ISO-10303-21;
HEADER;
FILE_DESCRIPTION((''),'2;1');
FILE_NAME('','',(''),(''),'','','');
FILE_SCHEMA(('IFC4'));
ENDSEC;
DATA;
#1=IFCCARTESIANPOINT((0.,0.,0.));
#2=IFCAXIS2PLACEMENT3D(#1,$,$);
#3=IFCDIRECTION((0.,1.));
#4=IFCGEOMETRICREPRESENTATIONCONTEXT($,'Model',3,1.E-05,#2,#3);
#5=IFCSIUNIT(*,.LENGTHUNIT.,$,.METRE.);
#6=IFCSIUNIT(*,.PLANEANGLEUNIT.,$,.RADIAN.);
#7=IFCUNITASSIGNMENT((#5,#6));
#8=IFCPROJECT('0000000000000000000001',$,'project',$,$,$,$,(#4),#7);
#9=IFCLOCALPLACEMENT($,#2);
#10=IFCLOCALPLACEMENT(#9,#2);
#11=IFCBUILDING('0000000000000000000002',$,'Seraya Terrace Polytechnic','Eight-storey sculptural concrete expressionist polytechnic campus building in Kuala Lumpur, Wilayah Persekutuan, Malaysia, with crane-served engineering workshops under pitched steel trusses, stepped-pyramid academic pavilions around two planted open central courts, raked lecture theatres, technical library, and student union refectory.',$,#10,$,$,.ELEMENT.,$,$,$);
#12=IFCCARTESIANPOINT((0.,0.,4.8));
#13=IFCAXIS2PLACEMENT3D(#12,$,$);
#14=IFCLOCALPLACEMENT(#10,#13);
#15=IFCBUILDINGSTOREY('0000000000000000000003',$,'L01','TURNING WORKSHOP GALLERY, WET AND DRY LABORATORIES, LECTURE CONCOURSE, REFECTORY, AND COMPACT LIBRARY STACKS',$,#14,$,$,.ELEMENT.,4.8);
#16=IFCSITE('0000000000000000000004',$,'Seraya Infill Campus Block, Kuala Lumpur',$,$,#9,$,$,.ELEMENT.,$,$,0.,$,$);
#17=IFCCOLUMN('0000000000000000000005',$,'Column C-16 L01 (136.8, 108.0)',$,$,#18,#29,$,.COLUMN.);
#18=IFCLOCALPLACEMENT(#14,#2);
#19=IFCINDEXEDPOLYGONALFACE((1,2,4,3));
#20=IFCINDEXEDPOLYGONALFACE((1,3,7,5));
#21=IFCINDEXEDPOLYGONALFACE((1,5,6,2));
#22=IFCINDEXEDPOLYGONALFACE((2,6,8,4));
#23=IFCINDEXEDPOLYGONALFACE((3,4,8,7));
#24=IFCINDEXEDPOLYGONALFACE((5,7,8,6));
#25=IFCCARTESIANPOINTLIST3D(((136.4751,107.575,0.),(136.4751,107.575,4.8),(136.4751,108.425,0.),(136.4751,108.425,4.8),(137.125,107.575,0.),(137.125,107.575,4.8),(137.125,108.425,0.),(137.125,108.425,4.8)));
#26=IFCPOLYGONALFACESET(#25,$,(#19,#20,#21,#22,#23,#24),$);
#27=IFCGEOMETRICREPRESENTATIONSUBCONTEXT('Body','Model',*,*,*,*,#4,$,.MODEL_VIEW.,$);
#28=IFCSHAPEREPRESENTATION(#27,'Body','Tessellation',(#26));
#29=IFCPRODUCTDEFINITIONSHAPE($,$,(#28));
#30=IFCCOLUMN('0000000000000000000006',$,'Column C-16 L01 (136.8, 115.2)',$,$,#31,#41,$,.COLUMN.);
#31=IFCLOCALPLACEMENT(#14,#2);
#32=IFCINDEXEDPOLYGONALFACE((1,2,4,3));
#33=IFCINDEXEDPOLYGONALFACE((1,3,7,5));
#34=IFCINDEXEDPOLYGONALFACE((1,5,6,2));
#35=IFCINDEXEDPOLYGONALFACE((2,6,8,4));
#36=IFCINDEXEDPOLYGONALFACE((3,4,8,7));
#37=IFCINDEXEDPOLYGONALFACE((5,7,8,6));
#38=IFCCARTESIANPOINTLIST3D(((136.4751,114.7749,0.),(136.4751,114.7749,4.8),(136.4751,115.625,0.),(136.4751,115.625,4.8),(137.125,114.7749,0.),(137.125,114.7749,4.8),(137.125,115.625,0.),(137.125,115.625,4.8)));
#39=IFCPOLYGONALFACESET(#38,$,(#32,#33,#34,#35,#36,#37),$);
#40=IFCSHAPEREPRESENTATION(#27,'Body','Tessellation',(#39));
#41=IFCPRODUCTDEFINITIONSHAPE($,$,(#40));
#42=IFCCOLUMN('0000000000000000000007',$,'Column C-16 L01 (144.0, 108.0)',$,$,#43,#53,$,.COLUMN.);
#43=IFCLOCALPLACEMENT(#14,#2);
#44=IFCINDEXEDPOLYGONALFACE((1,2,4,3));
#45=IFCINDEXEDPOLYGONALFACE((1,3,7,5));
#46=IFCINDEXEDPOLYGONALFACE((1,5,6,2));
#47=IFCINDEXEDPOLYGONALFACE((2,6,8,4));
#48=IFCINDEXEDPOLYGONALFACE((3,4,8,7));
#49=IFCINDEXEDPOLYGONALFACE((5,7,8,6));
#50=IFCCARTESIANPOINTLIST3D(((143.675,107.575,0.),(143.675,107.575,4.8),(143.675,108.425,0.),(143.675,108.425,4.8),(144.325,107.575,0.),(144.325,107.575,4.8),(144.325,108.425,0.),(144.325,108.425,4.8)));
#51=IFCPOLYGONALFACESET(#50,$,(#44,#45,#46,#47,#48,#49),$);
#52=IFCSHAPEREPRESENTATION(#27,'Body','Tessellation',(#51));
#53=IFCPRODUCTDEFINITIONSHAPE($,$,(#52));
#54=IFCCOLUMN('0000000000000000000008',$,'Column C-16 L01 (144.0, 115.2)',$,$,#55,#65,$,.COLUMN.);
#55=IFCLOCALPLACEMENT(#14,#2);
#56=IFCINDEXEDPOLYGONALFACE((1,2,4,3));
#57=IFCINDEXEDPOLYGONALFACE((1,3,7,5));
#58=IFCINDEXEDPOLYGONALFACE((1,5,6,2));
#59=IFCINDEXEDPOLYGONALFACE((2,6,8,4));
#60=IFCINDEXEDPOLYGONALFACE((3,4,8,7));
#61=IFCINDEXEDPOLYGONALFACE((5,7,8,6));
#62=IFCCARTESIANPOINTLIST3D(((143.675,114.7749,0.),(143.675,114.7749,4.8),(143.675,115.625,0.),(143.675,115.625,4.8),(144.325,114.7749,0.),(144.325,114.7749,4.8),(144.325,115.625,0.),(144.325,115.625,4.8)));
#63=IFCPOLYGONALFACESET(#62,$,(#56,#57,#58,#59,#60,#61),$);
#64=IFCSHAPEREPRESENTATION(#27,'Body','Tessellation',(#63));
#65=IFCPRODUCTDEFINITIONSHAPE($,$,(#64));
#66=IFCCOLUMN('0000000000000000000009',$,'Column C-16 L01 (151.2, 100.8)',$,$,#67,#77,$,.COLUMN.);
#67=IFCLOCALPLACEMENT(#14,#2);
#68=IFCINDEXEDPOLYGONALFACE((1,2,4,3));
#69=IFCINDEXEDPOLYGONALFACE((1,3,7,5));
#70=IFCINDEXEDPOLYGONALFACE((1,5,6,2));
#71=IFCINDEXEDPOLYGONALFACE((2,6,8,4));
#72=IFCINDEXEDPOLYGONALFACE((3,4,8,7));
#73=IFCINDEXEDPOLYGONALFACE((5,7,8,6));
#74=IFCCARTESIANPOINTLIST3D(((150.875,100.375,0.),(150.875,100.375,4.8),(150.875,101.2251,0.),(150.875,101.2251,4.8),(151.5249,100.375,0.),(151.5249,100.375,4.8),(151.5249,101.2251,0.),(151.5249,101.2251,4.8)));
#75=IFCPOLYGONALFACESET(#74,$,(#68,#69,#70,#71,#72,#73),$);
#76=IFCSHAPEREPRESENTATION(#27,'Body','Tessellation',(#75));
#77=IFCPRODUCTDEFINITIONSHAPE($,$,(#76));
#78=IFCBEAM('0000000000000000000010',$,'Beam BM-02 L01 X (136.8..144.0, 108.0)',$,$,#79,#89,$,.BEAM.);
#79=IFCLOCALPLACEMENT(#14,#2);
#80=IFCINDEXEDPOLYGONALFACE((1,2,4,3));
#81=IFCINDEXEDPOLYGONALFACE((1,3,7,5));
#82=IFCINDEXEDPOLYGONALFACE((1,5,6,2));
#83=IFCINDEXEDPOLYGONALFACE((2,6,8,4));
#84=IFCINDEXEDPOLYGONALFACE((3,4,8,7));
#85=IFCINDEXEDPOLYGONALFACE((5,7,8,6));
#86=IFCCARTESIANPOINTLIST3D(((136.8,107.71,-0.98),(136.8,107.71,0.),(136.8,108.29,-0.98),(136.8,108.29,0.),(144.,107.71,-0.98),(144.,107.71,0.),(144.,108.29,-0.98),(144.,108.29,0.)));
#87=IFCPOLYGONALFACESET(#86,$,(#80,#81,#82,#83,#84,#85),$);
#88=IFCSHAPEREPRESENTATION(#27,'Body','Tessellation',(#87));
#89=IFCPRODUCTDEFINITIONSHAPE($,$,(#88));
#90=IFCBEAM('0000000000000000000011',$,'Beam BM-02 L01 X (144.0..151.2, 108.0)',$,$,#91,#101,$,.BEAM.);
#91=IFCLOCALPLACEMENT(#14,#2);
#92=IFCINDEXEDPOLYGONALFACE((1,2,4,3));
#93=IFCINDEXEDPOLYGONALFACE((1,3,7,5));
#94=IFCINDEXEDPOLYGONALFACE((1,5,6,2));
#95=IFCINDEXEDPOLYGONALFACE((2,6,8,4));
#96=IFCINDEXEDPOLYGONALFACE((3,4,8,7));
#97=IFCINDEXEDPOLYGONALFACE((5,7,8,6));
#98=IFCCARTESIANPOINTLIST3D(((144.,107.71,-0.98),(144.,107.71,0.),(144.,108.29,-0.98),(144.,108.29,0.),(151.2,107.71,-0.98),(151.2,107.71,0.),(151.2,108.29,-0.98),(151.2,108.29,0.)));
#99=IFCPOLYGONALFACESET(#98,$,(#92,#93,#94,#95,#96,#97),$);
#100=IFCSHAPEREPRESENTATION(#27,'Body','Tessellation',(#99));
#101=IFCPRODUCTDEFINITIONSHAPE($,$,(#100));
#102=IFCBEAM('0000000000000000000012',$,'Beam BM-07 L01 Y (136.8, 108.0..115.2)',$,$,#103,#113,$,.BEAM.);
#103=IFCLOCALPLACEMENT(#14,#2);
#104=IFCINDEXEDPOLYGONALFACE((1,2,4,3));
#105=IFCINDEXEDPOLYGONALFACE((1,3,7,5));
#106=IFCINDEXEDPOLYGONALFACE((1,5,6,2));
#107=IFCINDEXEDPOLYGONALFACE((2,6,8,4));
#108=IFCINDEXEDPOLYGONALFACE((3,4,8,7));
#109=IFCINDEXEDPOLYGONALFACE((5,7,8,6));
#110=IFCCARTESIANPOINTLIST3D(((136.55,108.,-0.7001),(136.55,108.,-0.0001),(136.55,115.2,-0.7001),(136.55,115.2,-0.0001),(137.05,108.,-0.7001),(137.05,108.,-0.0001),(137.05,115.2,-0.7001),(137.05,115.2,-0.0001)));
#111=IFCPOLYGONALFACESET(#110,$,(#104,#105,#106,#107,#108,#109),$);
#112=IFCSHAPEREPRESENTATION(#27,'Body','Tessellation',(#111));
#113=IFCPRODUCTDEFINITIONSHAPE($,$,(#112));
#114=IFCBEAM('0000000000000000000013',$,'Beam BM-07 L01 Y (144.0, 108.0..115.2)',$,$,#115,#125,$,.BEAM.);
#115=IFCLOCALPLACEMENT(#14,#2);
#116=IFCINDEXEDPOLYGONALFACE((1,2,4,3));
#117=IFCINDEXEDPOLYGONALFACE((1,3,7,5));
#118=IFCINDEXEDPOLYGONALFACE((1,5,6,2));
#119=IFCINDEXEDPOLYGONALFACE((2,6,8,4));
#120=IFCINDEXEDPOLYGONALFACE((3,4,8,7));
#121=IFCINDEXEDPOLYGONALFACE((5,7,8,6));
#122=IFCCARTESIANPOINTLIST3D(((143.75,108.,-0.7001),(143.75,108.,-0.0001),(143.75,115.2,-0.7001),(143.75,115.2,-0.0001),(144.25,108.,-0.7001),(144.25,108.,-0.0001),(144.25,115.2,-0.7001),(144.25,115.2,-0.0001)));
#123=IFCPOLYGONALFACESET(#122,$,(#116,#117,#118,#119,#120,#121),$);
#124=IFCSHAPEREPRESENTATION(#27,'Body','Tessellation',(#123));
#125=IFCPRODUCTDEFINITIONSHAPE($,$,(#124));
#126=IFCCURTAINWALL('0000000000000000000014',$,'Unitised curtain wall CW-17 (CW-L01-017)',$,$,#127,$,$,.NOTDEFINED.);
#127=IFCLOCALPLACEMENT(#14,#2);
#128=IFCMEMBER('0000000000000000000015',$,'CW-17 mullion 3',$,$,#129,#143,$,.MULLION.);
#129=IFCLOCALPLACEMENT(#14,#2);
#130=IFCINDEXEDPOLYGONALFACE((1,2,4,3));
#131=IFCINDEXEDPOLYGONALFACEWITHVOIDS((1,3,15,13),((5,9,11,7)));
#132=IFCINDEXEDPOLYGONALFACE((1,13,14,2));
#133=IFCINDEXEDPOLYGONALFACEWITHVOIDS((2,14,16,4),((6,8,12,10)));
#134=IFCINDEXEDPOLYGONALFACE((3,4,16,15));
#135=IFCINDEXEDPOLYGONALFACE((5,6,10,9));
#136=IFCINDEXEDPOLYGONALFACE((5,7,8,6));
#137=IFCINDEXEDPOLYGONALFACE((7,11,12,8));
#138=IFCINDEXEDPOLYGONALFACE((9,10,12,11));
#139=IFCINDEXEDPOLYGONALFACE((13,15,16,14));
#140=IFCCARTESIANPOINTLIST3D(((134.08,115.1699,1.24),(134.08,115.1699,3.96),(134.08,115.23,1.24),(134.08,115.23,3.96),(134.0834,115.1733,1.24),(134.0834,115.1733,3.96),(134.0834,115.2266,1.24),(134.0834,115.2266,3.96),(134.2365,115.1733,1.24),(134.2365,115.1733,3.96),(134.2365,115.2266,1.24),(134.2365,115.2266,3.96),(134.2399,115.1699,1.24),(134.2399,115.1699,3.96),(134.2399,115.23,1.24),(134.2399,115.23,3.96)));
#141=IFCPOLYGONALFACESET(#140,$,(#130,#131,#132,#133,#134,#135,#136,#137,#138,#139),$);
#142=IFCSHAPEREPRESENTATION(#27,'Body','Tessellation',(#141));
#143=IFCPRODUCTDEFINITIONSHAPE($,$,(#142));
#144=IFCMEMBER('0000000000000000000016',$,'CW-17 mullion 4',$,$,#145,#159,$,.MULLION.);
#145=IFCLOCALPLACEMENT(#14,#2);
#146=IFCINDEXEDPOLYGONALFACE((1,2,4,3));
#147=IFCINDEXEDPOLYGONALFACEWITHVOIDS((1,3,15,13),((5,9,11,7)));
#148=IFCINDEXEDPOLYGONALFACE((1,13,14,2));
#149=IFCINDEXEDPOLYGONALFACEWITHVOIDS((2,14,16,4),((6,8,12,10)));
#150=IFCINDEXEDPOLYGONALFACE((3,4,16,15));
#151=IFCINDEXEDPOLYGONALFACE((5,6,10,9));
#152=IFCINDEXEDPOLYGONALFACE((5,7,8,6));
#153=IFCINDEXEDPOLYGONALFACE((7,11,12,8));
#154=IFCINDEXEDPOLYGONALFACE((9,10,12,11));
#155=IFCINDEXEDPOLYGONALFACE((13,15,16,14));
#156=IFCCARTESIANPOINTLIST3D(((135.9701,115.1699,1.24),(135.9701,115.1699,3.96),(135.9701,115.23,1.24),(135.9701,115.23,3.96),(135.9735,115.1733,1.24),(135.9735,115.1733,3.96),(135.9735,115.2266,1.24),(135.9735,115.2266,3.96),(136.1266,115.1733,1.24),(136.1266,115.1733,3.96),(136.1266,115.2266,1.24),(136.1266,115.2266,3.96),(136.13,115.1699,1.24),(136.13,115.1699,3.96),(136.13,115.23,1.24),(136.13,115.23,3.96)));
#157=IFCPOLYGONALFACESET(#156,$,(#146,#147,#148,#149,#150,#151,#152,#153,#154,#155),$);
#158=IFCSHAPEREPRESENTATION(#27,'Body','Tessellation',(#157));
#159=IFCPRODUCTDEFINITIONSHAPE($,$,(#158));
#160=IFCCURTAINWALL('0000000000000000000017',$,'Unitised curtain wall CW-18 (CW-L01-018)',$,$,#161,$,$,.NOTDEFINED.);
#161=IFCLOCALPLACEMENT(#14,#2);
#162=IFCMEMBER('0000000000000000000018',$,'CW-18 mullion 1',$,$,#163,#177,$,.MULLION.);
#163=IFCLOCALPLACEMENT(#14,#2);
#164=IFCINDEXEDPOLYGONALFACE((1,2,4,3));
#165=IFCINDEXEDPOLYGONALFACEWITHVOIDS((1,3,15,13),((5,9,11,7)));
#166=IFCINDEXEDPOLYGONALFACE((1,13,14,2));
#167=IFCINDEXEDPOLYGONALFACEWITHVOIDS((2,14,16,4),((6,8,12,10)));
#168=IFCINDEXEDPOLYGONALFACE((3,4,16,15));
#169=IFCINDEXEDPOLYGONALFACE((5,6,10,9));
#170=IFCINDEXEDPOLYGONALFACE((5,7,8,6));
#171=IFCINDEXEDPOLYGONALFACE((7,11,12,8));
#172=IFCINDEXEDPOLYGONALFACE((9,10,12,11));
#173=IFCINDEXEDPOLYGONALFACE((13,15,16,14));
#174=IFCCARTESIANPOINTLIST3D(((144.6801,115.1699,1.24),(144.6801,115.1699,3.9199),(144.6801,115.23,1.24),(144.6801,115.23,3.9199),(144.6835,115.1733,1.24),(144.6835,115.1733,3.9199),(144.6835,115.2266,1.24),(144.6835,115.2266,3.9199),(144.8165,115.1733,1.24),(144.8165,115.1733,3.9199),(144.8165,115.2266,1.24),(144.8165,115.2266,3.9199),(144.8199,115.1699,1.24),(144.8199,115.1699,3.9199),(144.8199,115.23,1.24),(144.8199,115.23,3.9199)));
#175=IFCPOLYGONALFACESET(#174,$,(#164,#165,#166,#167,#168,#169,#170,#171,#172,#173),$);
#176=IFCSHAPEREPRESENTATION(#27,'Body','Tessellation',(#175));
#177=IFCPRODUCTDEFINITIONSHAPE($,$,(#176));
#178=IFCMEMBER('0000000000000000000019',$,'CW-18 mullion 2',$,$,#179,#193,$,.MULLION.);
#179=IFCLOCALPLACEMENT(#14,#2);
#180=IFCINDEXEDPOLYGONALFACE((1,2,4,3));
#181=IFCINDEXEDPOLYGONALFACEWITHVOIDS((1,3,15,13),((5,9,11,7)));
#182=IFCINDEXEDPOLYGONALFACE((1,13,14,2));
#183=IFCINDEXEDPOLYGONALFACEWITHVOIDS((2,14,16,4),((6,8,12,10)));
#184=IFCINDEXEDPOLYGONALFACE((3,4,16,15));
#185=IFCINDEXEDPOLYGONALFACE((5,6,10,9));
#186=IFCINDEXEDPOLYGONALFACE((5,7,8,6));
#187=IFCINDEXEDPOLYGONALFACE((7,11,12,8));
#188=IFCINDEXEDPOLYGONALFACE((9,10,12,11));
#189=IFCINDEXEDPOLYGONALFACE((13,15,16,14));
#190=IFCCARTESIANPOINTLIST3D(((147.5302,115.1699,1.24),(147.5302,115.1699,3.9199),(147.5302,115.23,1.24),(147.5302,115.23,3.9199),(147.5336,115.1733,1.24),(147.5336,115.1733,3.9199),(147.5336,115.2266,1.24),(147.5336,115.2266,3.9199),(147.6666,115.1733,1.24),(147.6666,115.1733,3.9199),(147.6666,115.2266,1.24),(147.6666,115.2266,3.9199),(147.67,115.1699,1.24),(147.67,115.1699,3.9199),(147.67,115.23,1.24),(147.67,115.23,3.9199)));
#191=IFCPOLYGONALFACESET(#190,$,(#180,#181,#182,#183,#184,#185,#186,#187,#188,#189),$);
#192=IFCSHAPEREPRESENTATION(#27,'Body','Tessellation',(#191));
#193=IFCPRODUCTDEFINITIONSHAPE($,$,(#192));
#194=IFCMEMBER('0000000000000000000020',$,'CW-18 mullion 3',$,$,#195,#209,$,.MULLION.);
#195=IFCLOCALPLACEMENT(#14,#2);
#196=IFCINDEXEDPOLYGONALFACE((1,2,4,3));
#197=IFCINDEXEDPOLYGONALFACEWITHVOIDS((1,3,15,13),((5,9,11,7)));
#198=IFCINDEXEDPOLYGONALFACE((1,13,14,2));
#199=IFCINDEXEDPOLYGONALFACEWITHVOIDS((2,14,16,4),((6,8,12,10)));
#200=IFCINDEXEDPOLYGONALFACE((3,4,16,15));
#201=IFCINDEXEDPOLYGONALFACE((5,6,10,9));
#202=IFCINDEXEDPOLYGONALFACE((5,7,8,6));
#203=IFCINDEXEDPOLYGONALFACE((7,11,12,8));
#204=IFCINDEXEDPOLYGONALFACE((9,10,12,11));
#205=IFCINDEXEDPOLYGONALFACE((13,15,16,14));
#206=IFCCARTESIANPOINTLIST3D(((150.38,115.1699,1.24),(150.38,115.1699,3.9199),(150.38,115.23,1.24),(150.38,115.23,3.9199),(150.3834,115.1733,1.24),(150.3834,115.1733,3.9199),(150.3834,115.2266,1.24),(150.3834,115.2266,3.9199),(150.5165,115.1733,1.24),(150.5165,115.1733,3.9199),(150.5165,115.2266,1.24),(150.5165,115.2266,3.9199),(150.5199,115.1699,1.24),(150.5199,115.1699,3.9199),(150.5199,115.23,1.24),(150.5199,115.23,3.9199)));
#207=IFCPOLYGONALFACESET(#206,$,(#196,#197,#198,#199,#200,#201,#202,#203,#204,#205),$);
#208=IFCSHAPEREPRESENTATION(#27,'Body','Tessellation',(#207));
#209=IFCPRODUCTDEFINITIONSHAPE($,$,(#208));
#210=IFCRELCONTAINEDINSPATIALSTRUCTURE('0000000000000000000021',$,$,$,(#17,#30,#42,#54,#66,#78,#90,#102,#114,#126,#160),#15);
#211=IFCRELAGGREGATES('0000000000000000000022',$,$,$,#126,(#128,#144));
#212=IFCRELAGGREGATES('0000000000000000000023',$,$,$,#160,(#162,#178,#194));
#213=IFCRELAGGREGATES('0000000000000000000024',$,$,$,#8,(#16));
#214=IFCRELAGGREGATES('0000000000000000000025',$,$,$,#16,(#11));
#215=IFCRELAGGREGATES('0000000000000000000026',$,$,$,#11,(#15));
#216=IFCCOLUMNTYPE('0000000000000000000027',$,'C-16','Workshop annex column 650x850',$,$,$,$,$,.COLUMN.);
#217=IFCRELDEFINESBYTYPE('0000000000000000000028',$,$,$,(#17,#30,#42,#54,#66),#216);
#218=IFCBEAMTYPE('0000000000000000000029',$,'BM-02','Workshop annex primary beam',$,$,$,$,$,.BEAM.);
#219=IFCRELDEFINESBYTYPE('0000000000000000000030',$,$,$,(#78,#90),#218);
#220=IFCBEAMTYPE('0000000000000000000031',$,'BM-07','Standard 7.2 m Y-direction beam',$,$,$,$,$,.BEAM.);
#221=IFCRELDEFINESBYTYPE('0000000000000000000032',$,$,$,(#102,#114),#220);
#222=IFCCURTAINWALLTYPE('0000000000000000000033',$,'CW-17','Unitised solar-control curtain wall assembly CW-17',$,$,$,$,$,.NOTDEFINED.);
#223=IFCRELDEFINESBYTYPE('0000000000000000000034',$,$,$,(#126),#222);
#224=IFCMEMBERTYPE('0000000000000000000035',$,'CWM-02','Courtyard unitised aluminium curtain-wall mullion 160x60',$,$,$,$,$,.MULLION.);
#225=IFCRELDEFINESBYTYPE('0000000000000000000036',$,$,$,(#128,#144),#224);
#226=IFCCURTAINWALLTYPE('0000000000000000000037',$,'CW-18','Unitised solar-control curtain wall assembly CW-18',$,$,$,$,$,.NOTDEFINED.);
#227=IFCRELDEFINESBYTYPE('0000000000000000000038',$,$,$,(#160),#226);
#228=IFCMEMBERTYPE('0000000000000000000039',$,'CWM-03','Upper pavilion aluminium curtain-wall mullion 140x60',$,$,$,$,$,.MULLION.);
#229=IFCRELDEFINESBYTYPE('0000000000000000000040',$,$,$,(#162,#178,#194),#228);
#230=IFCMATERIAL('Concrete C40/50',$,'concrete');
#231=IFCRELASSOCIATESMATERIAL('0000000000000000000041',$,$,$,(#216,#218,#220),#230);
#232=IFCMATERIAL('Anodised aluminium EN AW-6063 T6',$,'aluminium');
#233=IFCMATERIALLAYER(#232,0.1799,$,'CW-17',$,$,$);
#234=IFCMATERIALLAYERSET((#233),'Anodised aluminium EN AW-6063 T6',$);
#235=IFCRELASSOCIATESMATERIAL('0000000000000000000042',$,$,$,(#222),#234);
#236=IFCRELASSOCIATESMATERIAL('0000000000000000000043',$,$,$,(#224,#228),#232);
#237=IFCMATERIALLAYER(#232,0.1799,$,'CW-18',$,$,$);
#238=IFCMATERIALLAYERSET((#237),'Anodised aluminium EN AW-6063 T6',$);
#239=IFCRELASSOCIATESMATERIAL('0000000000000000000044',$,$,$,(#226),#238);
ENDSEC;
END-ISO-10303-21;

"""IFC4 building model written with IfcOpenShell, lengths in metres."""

from ifc_helpers import new_model, si_unit, direction, frame, origin, origin_2d, place, context, subcontext, project, spatial, rectangle, hollow_rectangle, extrude, material, layer, layer_set, material_profile, profile_set, type_object, element, aggregate, save


model = new_model("IFC4")

# Units and contexts
model_context = context("Model", 3, precision=1e-05, world=origin(), true_north=direction((0.0, 1.0)))
body_context = subcontext(model_context, "Body", "Model", "MODEL_VIEW")
ifc_project = project(units=[si_unit("LENGTHUNIT", "METRE"), si_unit("PLANEANGLEUNIT", "RADIAN")], contexts=[model_context])

# Site, building, storey
site_placement = place(None, origin())
site = spatial("IfcSite", under=ifc_project, at=site_placement, Name="Seraya Infill Campus Block, Kuala Lumpur", CompositionType="ELEMENT", RefElevation=0.0)
building_placement = place(site_placement, origin())
building = spatial("IfcBuilding", under=site, at=building_placement, Name="Seraya Terrace Polytechnic", Description="Eight-storey sculptural concrete expressionist polytechnic campus building in Kuala Lumpur, Wilayah Persekutuan, Malaysia, with crane-served engineering workshops under pitched steel trusses, stepped-pyramid academic pavilions around two planted open central courts, raked lecture theatres, technical library, and student union refectory.", CompositionType="ELEMENT")
storey_placement = place(building_placement, frame((0.0, 0.0, 4.8)))
storey = spatial("IfcBuildingStorey", under=building, at=storey_placement, Name="L01", Description="TURNING WORKSHOP GALLERY, WET AND DRY LABORATORIES, LECTURE CONCOURSE, REFECTORY, AND COMPACT LIBRARY STACKS", CompositionType="ELEMENT", Elevation=4.8)

# Columns
ifc_material_1 = material(Name="Concrete C40/50", Category="concrete")
ifc_material_profile_1 = material_profile(ifc_material_1, rectangle(XDim=0.6499, YDim=0.8501, at=origin_2d()), Name="RC 650x850")
ifc_profile_set_1 = profile_set([ifc_material_profile_1], Name="Concrete C40/50")
column_type = type_object("IfcColumnType", Name="C-16", Description="Workshop annex column 650x850", PredefinedType="COLUMN", material=ifc_profile_set_1)
for number, where, z_axis, x_axis, name in (
    (1, (136.8, 108.0, 0.0), (0.0, 0.0, 1.0), (1.0, 0.0, 0.0), "Column C-16 L01 (136.8, 108.0)"),
    (2, (136.8, 115.2, 0.0), (0.0, 0.0, 1.0), (1.0, 0.0, 0.0), "Column C-16 L01 (136.8, 115.2)"),
    (3, (144.0, 108.0, 0.0), (0.0, 0.0, 1.0), (1.0, 0.0, 0.0), "Column C-16 L01 (144.0, 108.0)"),
    (4, (144.0, 115.2, 0.0), (0.0, 0.0, 1.0), (1.0, 0.0, 0.0), "Column C-16 L01 (144.0, 115.2)"),
    (5, (151.2, 100.8, 0.0), (0.0, 0.0, 1.0), (1.0, 0.0, 0.0), "Column C-16 L01 (151.2, 100.8)"),
):
    element("IfcColumn", number, at=place(storey_placement, frame(where, z_axis=z_axis, x_axis=x_axis)), inside=storey, type_object=column_type, Name=name, PredefinedType="COLUMN", context=body_context, shape_type="SweptSolid", body=[
        extrude(rectangle(XDim=0.6499, YDim=0.8501, at=origin_2d()), origin(), (0.0, 0.0, 1.0), 4.8),
    ])

# Beams
ifc_material_profile_2 = material_profile(ifc_material_1, rectangle(XDim=0.5801, YDim=0.98, at=origin_2d()), Name="RC 580x980")
ifc_profile_set_2 = profile_set([ifc_material_profile_2], Name="Concrete C40/50")
beam_type_1 = type_object("IfcBeamType", Name="BM-02", Description="Workshop annex primary beam", PredefinedType="BEAM", material=ifc_profile_set_2)
for number, where, z_axis, x_axis, name in (
    (6, (136.8, 108.0, -0.49), (1.0, 0.0, 0.0), (0.0, 1.0, 0.0), "Beam BM-02 L01 X (136.8..144.0, 108.0)"),
    (7, (144.0, 108.0, -0.49), (1.0, 0.0, 0.0), (0.0, 1.0, 0.0), "Beam BM-02 L01 X (144.0..151.2, 108.0)"),
):
    element("IfcBeam", number, at=place(storey_placement, frame(where, z_axis=z_axis, x_axis=x_axis)), inside=storey, type_object=beam_type_1, Name=name, PredefinedType="BEAM", context=body_context, shape_type="SweptSolid", body=[
        extrude(rectangle(XDim=0.5801, YDim=0.98, at=origin_2d()), origin(), (0.0, 0.0, 1.0), 7.2),
    ])
ifc_material_profile_3 = material_profile(ifc_material_1, rectangle(XDim=0.5, YDim=0.7, at=origin_2d()), Name="RC 500x700")
ifc_profile_set_3 = profile_set([ifc_material_profile_3], Name="Concrete C40/50")
beam_type_2 = type_object("IfcBeamType", Name="BM-07", Description="Standard 7.2 m Y-direction beam", PredefinedType="BEAM", material=ifc_profile_set_3)
for number, where, z_axis, x_axis, name in (
    (8, (136.8, 108.0, -0.3501), (0.0, 1.0, 0.0), (-1.0, 0.0, 0.0), "Beam BM-07 L01 Y (136.8, 108.0..115.2)"),
    (9, (144.0, 108.0, -0.3501), (0.0, 1.0, 0.0), (-1.0, 0.0, 0.0), "Beam BM-07 L01 Y (144.0, 108.0..115.2)"),
):
    element("IfcBeam", number, at=place(storey_placement, frame(where, z_axis=z_axis, x_axis=x_axis)), inside=storey, type_object=beam_type_2, Name=name, PredefinedType="BEAM", context=body_context, shape_type="SweptSolid", body=[
        extrude(rectangle(XDim=0.5, YDim=0.7, at=origin_2d()), origin(), (0.0, 0.0, 1.0), 7.2),
    ])

# Curtain walls, members
ifc_material_2 = material(Name="Anodised aluminium EN AW-6063 T6", Category="aluminium")
ifc_layer_1 = layer(ifc_material_2, 0.1799, Name="CW-17")
ifc_layer_set_1 = layer_set([ifc_layer_1], Name="Anodised aluminium EN AW-6063 T6")
curtain_wall_type_1 = type_object("IfcCurtainWallType", Name="CW-17", Description="Unitised solar-control curtain wall assembly CW-17", PredefinedType="NOTDEFINED", material=ifc_layer_set_1)
curtain_wall_1_placement = place(storey_placement, origin())
curtain_wall_1 = element("IfcCurtainWall", 10, at=curtain_wall_1_placement, inside=storey, type_object=curtain_wall_type_1, Name="Unitised curtain wall CW-17 (CW-L01-017)", PredefinedType="NOTDEFINED")
ifc_material_profile_4 = material_profile(ifc_material_2, hollow_rectangle(XDim=0.0601, YDim=0.1599, WallThickness=0.0034, at=origin_2d()), Name="RHS 160x60x3.5")
ifc_profile_set_4 = profile_set([ifc_material_profile_4], Name="Anodised aluminium EN AW-6063 T6")
member_type_1 = type_object("IfcMemberType", Name="CWM-02", Description="Courtyard unitised aluminium curtain-wall mullion 160x60", PredefinedType="MULLION", material=ifc_profile_set_4)
member_1_placement = place(storey_placement, frame((134.1599, 115.2, 1.24), z_axis=(0.0, 0.0, 1.0), x_axis=(0.0, 1.0, 0.0)))
member_1 = element("IfcMember", 11, at=member_1_placement, type_object=member_type_1, Name="CW-17 mullion 3", PredefinedType="MULLION", context=body_context, shape_type="SweptSolid", body=[
    extrude(hollow_rectangle(XDim=0.0601, YDim=0.1599, WallThickness=0.0034, at=origin_2d()), origin(), (0.0, 0.0, 1.0), 2.72),
])
member_2_placement = place(storey_placement, frame((136.05, 115.2, 1.24), z_axis=(0.0, 0.0, 1.0), x_axis=(0.0, 1.0, 0.0)))
member_2 = element("IfcMember", 12, at=member_2_placement, type_object=member_type_1, Name="CW-17 mullion 4", PredefinedType="MULLION", context=body_context, shape_type="SweptSolid", body=[
    extrude(hollow_rectangle(XDim=0.0601, YDim=0.1599, WallThickness=0.0034, at=origin_2d()), origin(), (0.0, 0.0, 1.0), 2.72),
])
ifc_layer_2 = layer(ifc_material_2, 0.1799, Name="CW-18")
ifc_layer_set_2 = layer_set([ifc_layer_2], Name="Anodised aluminium EN AW-6063 T6")
curtain_wall_type_2 = type_object("IfcCurtainWallType", Name="CW-18", Description="Unitised solar-control curtain wall assembly CW-18", PredefinedType="NOTDEFINED", material=ifc_layer_set_2)
curtain_wall_2_placement = place(storey_placement, origin())
curtain_wall_2 = element("IfcCurtainWall", 13, at=curtain_wall_2_placement, inside=storey, type_object=curtain_wall_type_2, Name="Unitised curtain wall CW-18 (CW-L01-018)", PredefinedType="NOTDEFINED")
ifc_material_profile_5 = material_profile(ifc_material_2, hollow_rectangle(XDim=0.0601, YDim=0.1399, WallThickness=0.0034, at=origin_2d()), Name="RHS 140x60x3.5")
ifc_profile_set_5 = profile_set([ifc_material_profile_5], Name="Anodised aluminium EN AW-6063 T6")
member_type_2 = type_object("IfcMemberType", Name="CWM-03", Description="Upper pavilion aluminium curtain-wall mullion 140x60", PredefinedType="MULLION", material=ifc_profile_set_5)
member_3_placement = place(storey_placement, frame((144.75, 115.2, 1.24), z_axis=(0.0, 0.0, 1.0), x_axis=(0.0, 1.0, 0.0)))
member_3 = element("IfcMember", 14, at=member_3_placement, type_object=member_type_2, Name="CW-18 mullion 1", PredefinedType="MULLION", context=body_context, shape_type="SweptSolid", body=[
    extrude(hollow_rectangle(XDim=0.0601, YDim=0.1399, WallThickness=0.0034, at=origin_2d()), origin(), (0.0, 0.0, 1.0), 2.6799),
])
member_4_placement = place(storey_placement, frame((147.6001, 115.2, 1.24), z_axis=(0.0, 0.0, 1.0), x_axis=(0.0, 1.0, 0.0)))
member_4 = element("IfcMember", 15, at=member_4_placement, type_object=member_type_2, Name="CW-18 mullion 2", PredefinedType="MULLION", context=body_context, shape_type="SweptSolid", body=[
    extrude(hollow_rectangle(XDim=0.0601, YDim=0.1399, WallThickness=0.0034, at=origin_2d()), origin(), (0.0, 0.0, 1.0), 2.6799),
])
member_5_placement = place(storey_placement, frame((150.45, 115.2, 1.24), z_axis=(0.0, 0.0, 1.0), x_axis=(0.0, 1.0, 0.0)))
member_5 = element("IfcMember", 16, at=member_5_placement, type_object=member_type_2, Name="CW-18 mullion 3", PredefinedType="MULLION", context=body_context, shape_type="SweptSolid", body=[
    extrude(hollow_rectangle(XDim=0.0601, YDim=0.1399, WallThickness=0.0034, at=origin_2d()), origin(), (0.0, 0.0, 1.0), 2.6799),
])

aggregate(curtain_wall_1, [member_1, member_2])
aggregate(curtain_wall_2, [member_3, member_4, member_5])

save(model, "model.ifc")
